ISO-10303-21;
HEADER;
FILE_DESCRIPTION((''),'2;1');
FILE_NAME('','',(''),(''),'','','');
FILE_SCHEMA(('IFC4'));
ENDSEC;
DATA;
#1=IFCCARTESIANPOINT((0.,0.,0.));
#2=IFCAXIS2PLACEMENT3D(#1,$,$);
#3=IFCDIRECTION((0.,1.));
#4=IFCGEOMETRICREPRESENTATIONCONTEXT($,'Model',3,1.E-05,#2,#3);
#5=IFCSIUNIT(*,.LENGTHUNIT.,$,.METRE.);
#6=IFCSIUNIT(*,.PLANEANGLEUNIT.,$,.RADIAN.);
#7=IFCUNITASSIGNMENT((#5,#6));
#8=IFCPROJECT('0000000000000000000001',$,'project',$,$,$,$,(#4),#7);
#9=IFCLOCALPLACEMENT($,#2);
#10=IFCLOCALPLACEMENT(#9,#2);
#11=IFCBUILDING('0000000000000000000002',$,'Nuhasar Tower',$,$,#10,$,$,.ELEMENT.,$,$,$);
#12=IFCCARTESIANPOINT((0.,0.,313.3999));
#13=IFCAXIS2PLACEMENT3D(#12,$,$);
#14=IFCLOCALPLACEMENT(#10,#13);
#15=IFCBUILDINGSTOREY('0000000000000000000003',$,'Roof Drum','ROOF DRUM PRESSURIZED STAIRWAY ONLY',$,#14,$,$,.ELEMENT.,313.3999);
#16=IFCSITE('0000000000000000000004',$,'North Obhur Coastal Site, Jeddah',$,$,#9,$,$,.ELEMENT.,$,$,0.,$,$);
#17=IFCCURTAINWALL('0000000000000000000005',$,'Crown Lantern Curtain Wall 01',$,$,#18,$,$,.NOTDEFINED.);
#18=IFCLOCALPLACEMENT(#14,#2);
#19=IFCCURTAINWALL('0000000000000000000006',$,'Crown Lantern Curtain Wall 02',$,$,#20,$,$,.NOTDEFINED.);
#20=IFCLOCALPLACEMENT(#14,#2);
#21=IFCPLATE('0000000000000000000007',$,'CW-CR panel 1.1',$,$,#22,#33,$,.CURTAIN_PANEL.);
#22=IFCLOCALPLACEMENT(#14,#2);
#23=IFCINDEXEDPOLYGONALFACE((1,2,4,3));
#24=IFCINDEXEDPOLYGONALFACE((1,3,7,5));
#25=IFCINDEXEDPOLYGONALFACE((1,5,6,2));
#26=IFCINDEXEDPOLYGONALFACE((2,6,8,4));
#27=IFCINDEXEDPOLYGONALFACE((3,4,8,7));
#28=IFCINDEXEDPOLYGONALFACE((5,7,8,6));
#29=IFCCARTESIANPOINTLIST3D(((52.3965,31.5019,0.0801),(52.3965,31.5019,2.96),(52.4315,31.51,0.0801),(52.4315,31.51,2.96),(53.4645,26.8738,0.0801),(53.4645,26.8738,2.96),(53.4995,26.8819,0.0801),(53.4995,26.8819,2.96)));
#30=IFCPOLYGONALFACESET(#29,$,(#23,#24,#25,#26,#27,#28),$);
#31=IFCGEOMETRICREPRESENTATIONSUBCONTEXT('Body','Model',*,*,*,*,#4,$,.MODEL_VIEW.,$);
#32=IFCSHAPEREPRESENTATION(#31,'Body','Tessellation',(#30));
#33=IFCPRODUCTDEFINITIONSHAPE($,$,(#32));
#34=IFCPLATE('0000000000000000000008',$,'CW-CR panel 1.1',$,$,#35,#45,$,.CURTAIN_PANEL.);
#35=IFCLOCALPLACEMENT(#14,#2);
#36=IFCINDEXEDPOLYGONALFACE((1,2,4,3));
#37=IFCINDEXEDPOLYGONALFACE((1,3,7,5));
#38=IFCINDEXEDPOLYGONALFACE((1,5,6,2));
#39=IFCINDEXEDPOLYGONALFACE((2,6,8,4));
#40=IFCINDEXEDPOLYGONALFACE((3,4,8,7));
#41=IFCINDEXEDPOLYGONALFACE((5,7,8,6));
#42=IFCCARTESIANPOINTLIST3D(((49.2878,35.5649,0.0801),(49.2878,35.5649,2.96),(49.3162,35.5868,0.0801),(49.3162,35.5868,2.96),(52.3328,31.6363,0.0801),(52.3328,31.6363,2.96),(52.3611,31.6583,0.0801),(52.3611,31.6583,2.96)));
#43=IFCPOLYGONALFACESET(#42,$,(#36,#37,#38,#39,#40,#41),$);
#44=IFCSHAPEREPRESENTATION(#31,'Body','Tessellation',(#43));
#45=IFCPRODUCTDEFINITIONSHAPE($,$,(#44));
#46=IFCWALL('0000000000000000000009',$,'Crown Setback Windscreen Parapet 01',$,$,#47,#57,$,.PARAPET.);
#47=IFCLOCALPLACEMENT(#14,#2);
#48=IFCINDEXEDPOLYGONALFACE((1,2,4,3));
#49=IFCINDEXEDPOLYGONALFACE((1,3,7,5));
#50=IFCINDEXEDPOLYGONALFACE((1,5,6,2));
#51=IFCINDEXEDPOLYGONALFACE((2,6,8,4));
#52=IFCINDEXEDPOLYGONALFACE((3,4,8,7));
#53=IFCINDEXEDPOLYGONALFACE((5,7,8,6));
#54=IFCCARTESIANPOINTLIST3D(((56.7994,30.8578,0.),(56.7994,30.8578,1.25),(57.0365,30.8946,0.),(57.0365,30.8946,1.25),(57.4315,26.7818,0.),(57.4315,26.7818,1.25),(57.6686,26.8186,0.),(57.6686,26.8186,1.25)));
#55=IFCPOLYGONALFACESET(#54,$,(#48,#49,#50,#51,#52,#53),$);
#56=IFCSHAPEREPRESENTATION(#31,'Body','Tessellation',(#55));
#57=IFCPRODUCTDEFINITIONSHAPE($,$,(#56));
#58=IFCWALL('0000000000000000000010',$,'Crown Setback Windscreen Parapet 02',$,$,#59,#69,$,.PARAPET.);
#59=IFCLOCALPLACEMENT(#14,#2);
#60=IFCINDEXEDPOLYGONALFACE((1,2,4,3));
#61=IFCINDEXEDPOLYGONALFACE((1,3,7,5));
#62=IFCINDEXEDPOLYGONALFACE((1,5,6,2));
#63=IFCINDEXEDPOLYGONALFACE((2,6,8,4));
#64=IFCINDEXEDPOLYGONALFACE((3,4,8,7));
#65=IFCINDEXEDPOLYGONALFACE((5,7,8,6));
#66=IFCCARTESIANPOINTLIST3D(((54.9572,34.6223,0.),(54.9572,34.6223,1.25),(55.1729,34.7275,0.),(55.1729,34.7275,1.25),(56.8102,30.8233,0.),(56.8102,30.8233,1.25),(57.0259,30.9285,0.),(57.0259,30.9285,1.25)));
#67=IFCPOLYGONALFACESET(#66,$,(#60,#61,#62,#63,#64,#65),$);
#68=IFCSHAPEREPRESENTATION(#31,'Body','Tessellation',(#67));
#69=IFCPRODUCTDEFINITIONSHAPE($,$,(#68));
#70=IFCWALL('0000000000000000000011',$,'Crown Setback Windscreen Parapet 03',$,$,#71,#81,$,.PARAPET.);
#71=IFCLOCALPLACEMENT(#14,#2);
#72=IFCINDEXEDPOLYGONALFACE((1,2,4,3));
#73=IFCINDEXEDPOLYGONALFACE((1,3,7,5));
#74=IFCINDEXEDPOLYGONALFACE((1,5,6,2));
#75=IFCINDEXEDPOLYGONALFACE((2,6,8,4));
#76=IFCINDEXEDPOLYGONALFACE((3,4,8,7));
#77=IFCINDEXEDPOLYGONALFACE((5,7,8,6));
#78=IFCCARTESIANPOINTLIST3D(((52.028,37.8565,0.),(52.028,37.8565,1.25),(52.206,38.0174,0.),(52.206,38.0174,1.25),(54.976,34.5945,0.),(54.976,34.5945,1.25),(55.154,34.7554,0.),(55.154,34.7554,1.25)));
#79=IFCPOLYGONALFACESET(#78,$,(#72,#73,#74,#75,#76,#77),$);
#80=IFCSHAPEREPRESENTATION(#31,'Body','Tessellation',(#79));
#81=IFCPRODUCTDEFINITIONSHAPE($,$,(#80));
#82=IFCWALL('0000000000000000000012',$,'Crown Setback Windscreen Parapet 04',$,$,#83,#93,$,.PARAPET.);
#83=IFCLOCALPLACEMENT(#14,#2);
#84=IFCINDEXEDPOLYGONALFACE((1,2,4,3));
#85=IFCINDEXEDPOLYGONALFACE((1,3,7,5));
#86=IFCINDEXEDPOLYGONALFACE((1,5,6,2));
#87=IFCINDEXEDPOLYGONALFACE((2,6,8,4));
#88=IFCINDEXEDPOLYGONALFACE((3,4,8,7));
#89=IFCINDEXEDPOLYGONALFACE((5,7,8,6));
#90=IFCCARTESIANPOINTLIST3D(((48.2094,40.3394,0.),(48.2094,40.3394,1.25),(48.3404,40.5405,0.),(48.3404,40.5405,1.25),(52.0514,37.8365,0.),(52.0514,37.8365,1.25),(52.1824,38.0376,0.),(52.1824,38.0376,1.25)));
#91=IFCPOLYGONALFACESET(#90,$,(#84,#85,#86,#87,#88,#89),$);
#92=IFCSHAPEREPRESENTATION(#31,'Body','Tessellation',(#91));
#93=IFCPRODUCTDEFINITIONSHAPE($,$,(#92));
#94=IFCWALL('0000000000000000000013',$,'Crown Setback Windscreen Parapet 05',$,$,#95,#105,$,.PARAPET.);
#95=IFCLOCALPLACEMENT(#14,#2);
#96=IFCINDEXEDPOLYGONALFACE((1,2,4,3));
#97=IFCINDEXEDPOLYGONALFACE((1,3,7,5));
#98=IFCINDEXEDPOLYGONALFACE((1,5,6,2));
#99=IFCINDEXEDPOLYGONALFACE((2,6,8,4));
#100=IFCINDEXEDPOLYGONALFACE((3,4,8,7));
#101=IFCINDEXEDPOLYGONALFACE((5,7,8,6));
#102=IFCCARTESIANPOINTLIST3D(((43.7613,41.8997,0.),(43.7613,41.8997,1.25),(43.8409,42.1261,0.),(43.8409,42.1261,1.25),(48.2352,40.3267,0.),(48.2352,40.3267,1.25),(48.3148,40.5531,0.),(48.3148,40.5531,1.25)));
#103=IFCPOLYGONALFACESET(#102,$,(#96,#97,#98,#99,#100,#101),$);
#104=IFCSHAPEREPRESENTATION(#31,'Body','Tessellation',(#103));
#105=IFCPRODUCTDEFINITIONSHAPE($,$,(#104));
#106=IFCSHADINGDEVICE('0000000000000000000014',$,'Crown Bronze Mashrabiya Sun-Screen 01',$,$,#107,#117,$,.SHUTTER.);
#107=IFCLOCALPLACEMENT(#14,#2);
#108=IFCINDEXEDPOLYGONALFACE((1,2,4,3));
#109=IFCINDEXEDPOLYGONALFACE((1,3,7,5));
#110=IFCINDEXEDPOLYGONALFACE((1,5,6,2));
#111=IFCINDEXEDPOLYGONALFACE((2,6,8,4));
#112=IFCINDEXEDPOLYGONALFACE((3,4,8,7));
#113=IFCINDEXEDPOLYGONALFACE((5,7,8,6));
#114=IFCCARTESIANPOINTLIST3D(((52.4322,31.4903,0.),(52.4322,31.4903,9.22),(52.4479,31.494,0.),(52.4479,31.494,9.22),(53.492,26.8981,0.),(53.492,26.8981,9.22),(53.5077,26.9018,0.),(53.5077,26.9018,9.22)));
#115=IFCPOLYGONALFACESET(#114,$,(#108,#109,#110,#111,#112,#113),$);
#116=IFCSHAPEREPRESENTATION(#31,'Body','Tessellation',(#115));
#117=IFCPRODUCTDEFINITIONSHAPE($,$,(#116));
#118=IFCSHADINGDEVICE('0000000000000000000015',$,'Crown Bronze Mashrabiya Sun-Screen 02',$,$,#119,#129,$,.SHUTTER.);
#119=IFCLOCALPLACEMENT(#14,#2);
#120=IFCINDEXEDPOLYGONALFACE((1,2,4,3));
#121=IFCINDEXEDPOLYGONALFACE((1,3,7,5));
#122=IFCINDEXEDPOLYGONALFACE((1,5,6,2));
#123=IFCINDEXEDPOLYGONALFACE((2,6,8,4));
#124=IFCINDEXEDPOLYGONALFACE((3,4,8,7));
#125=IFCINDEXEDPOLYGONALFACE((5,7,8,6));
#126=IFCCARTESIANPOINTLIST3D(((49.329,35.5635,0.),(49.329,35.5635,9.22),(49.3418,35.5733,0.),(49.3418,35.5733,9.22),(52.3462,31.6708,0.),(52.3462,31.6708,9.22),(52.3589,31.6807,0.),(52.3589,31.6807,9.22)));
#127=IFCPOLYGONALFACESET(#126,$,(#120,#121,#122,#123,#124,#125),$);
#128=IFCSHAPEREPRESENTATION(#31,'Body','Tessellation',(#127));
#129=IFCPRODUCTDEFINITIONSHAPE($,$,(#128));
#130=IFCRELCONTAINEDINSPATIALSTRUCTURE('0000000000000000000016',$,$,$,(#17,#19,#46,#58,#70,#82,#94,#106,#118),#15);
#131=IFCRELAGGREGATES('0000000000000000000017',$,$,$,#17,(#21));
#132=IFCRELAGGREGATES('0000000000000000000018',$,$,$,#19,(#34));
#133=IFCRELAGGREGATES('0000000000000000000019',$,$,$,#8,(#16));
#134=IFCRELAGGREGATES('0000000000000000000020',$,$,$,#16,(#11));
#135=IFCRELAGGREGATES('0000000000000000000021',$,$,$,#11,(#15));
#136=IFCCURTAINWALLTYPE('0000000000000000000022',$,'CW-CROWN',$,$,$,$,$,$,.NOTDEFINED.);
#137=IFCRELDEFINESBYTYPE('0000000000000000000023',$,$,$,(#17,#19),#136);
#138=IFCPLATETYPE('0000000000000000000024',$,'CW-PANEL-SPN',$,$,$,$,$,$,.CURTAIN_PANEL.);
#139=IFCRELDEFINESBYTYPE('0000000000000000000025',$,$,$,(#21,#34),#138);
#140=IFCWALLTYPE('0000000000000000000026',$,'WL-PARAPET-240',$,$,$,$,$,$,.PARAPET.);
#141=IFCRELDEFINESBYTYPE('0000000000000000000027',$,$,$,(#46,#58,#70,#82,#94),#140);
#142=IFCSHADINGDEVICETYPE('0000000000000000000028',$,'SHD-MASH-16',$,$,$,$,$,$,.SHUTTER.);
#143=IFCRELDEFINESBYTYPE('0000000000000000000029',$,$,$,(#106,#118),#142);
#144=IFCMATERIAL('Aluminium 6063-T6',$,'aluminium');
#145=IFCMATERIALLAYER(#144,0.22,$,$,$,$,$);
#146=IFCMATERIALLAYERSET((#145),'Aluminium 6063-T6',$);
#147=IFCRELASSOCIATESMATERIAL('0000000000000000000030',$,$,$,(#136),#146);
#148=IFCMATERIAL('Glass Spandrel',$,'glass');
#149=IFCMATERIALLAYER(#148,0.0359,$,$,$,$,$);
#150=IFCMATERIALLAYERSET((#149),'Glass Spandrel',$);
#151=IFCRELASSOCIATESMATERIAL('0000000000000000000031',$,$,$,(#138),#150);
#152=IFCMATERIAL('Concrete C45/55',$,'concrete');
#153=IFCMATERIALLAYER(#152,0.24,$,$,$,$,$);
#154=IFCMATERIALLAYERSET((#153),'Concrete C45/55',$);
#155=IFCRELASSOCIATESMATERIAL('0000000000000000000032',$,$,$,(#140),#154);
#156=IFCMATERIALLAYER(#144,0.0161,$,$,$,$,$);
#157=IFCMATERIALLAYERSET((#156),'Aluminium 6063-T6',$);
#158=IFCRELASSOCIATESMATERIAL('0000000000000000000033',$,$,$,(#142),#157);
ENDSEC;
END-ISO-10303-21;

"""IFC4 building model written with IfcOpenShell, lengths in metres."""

from ifc_helpers import new_model, si_unit, direction, frame, frame_2d, origin, origin_2d, place, context, subcontext, project, spatial, rectangle, extrude, material, layer, layer_set, type_object, element, aggregate, save


model = new_model("IFC4")

# Units and contexts
model_context = context("Model", 3, precision=1e-05, world=origin(), true_north=direction((0.0, 1.0)))
body_context = subcontext(model_context, "Body", "Model", "MODEL_VIEW")
ifc_project = project(units=[si_unit("LENGTHUNIT", "METRE"), si_unit("PLANEANGLEUNIT", "RADIAN")], contexts=[model_context])

# Site, building, storey
site_placement = place(None, origin())
site = spatial("IfcSite", under=ifc_project, at=site_placement, Name="North Obhur Coastal Site, Jeddah", CompositionType="ELEMENT", RefElevation=0.0)
building_placement = place(site_placement, origin())
building = spatial("IfcBuilding", under=site, at=building_placement, Name="Nuhasar Tower", CompositionType="ELEMENT")
storey_placement = place(building_placement, frame((0.0, 0.0, 313.3999)))
storey = spatial("IfcBuildingStorey", under=building, at=storey_placement, Name="Roof Drum", Description="ROOF DRUM PRESSURIZED STAIRWAY ONLY", CompositionType="ELEMENT", Elevation=313.3999)

# Curtain walls
ifc_material_1 = material(Name="Aluminium 6063-T6", Category="aluminium")
ifc_layer_1 = layer(ifc_material_1, 0.22)
ifc_layer_set_1 = layer_set([ifc_layer_1], Name="Aluminium 6063-T6")
curtain_wall_type = type_object("IfcCurtainWallType", Name="CW-CROWN", PredefinedType="NOTDEFINED", material=ifc_layer_set_1)
curtain_wall_1_placement = place(storey_placement, origin())
curtain_wall_1 = element("IfcCurtainWall", 1, at=curtain_wall_1_placement, inside=storey, type_object=curtain_wall_type, Name="Crown Lantern Curtain Wall 01", PredefinedType="NOTDEFINED")
curtain_wall_2_placement = place(storey_placement, origin())
curtain_wall_2 = element("IfcCurtainWall", 2, at=curtain_wall_2_placement, inside=storey, type_object=curtain_wall_type, Name="Crown Lantern Curtain Wall 02", PredefinedType="NOTDEFINED")

# Plates
ifc_material_2 = material(Name="Glass Spandrel", Category="glass")
ifc_layer_2 = layer(ifc_material_2, 0.0359)
ifc_layer_set_2 = layer_set([ifc_layer_2], Name="Glass Spandrel")
plate_type = type_object("IfcPlateType", Name="CW-PANEL-SPN", PredefinedType="CURTAIN_PANEL", material=ifc_layer_set_2)
plate_1_placement = place(storey_placement, frame((52.948, 29.1919, 0.0801), z_axis=(0.0, 0.0, 1.0), x_axis=(-0.22486, 0.974391, 0.0)))
plate_1 = element("IfcPlate", 3, at=plate_1_placement, type_object=plate_type, Name="CW-CR panel 1.1", PredefinedType="CURTAIN_PANEL", context=body_context, shape_type="SweptSolid", body=[
    extrude(rectangle(XDim=4.7498, YDim=0.0359, at=origin_2d()), origin(), (0.0, 0.0, 1.0), 2.8799),
])
aggregate(curtain_wall_1, [plate_1])
plate_2_placement = place(storey_placement, frame((50.8245, 33.6116, 0.0801), z_axis=(0.0, 0.0, 1.0), x_axis=(-0.612617, 0.79038, 0.0)))
plate_2 = element("IfcPlate", 4, at=plate_2_placement, type_object=plate_type, Name="CW-CR panel 1.1", PredefinedType="CURTAIN_PANEL", context=body_context, shape_type="SweptSolid", body=[
    extrude(rectangle(XDim=4.9705, YDim=0.0359, at=origin_2d()), origin(), (0.0, 0.0, 1.0), 2.8799),
])
aggregate(curtain_wall_2, [plate_2])

# Walls
ifc_material_3 = material(Name="Concrete C45/55", Category="concrete")
ifc_layer_3 = layer(ifc_material_3, 0.24)
ifc_layer_set_3 = layer_set([ifc_layer_3], Name="Concrete C45/55")
wall_type = type_object("IfcWallType", Name="WL-PARAPET-240", PredefinedType="PARAPET", material=ifc_layer_set_3)
wall_1_placement = place(storey_placement, frame((57.55, 26.8, 0.0), z_axis=(0.0, 0.0, 1.0), x_axis=(-0.153245, 0.988188, 0.0)))
element("IfcWall", 5, at=wall_1_placement, inside=storey, type_object=wall_type, Name="Crown Setback Windscreen Parapet 01", PredefinedType="PARAPET", context=body_context, shape_type="SweptSolid", body=[
    extrude(rectangle(XDim=4.1248, YDim=0.24, at=frame_2d((2.0625, 0.0))), origin(), (0.0, 0.0, 1.0), 1.25),
])
wall_2_placement = place(storey_placement, frame((56.918, 30.876, 0.0), z_axis=(0.0, 0.0, 1.0), x_axis=(-0.438389, 0.898785, 0.0)))
element("IfcWall", 6, at=wall_2_placement, inside=storey, type_object=wall_type, Name="Crown Setback Windscreen Parapet 02", PredefinedType="PARAPET", context=body_context, shape_type="SweptSolid", body=[
    extrude(rectangle(XDim=4.2268, YDim=0.24, at=frame_2d((2.1133, 0.0))), origin(), (0.0, 0.0, 1.0), 1.25),
])
wall_3_placement = place(storey_placement, frame((55.0649, 34.675, 0.0), z_axis=(0.0, 0.0, 1.0), x_axis=(-0.6705, 0.741909, 0.0)))
element("IfcWall", 7, at=wall_3_placement, inside=storey, type_object=wall_type, Name="Crown Setback Windscreen Parapet 03", PredefinedType="PARAPET", context=body_context, shape_type="SweptSolid", body=[
    extrude(rectangle(XDim=4.3967, YDim=0.24, at=frame_2d((2.1982, 0.0))), origin(), (0.0, 0.0, 1.0), 1.25),
])
wall_4_placement = place(storey_placement, frame((52.1169, 37.937, 0.0), z_axis=(0.0, 0.0, 1.0), x_axis=(-0.837885, 0.545847, 0.0)))
element("IfcWall", 8, at=wall_4_placement, inside=storey, type_object=wall_type, Name="Crown Setback Windscreen Parapet 04", PredefinedType="PARAPET", context=body_context, shape_type="SweptSolid", body=[
    extrude(rectangle(XDim=4.5854, YDim=0.24, at=frame_2d((2.2927, 0.0))), origin(), (0.0, 0.0, 1.0), 1.25),
])
wall_5_placement = place(storey_placement, frame((48.2749, 40.4399, 0.0), z_axis=(0.0, 0.0, 1.0), x_axis=(-0.943388, 0.331692, 0.0)))
element("IfcWall", 9, at=wall_5_placement, inside=storey, type_object=wall_type, Name="Crown Setback Windscreen Parapet 05", PredefinedType="PARAPET", context=body_context, shape_type="SweptSolid", body=[
    extrude(rectangle(XDim=4.7424, YDim=0.24, at=frame_2d((2.3711, 0.0))), origin(), (0.0, 0.0, 1.0), 1.25),
])

# Shading devices
ifc_layer_4 = layer(ifc_material_1, 0.0161)
ifc_layer_set_4 = layer_set([ifc_layer_4], Name="Aluminium 6063-T6")
shading_device_type = type_object("IfcShadingDeviceType", Name="SHD-MASH-16", PredefinedType="SHUTTER", material=ifc_layer_set_4)
shading_device_1_placement = place(storey_placement, frame((52.97, 29.196, 0.0), z_axis=(0.0, 0.0, 1.0), x_axis=(-0.224866, 0.97439, 0.0)))
element("IfcShadingDevice", 10, at=shading_device_1_placement, inside=storey, type_object=shading_device_type, Name="Crown Bronze Mashrabiya Sun-Screen 01", PredefinedType="SHUTTER", context=body_context, shape_type="SweptSolid", body=[
    extrude(rectangle(XDim=4.7129, YDim=0.0161, at=origin_2d()), origin(), (0.0, 0.0, 1.0), 9.22),
])
shading_device_2_placement = place(storey_placement, frame((50.844, 33.6221, 0.0), z_axis=(0.0, 0.0, 1.0), x_axis=(-0.612617, 0.79038, 0.0)))
element("IfcShadingDevice", 11, at=shading_device_2_placement, inside=storey, type_object=shading_device_type, Name="Crown Bronze Mashrabiya Sun-Screen 02", PredefinedType="SHUTTER", context=body_context, shape_type="SweptSolid", body=[
    extrude(rectangle(XDim=4.925, YDim=0.0161, at=origin_2d()), origin(), (0.0, 0.0, 1.0), 9.22),
])

save(model, "model.ifc")
